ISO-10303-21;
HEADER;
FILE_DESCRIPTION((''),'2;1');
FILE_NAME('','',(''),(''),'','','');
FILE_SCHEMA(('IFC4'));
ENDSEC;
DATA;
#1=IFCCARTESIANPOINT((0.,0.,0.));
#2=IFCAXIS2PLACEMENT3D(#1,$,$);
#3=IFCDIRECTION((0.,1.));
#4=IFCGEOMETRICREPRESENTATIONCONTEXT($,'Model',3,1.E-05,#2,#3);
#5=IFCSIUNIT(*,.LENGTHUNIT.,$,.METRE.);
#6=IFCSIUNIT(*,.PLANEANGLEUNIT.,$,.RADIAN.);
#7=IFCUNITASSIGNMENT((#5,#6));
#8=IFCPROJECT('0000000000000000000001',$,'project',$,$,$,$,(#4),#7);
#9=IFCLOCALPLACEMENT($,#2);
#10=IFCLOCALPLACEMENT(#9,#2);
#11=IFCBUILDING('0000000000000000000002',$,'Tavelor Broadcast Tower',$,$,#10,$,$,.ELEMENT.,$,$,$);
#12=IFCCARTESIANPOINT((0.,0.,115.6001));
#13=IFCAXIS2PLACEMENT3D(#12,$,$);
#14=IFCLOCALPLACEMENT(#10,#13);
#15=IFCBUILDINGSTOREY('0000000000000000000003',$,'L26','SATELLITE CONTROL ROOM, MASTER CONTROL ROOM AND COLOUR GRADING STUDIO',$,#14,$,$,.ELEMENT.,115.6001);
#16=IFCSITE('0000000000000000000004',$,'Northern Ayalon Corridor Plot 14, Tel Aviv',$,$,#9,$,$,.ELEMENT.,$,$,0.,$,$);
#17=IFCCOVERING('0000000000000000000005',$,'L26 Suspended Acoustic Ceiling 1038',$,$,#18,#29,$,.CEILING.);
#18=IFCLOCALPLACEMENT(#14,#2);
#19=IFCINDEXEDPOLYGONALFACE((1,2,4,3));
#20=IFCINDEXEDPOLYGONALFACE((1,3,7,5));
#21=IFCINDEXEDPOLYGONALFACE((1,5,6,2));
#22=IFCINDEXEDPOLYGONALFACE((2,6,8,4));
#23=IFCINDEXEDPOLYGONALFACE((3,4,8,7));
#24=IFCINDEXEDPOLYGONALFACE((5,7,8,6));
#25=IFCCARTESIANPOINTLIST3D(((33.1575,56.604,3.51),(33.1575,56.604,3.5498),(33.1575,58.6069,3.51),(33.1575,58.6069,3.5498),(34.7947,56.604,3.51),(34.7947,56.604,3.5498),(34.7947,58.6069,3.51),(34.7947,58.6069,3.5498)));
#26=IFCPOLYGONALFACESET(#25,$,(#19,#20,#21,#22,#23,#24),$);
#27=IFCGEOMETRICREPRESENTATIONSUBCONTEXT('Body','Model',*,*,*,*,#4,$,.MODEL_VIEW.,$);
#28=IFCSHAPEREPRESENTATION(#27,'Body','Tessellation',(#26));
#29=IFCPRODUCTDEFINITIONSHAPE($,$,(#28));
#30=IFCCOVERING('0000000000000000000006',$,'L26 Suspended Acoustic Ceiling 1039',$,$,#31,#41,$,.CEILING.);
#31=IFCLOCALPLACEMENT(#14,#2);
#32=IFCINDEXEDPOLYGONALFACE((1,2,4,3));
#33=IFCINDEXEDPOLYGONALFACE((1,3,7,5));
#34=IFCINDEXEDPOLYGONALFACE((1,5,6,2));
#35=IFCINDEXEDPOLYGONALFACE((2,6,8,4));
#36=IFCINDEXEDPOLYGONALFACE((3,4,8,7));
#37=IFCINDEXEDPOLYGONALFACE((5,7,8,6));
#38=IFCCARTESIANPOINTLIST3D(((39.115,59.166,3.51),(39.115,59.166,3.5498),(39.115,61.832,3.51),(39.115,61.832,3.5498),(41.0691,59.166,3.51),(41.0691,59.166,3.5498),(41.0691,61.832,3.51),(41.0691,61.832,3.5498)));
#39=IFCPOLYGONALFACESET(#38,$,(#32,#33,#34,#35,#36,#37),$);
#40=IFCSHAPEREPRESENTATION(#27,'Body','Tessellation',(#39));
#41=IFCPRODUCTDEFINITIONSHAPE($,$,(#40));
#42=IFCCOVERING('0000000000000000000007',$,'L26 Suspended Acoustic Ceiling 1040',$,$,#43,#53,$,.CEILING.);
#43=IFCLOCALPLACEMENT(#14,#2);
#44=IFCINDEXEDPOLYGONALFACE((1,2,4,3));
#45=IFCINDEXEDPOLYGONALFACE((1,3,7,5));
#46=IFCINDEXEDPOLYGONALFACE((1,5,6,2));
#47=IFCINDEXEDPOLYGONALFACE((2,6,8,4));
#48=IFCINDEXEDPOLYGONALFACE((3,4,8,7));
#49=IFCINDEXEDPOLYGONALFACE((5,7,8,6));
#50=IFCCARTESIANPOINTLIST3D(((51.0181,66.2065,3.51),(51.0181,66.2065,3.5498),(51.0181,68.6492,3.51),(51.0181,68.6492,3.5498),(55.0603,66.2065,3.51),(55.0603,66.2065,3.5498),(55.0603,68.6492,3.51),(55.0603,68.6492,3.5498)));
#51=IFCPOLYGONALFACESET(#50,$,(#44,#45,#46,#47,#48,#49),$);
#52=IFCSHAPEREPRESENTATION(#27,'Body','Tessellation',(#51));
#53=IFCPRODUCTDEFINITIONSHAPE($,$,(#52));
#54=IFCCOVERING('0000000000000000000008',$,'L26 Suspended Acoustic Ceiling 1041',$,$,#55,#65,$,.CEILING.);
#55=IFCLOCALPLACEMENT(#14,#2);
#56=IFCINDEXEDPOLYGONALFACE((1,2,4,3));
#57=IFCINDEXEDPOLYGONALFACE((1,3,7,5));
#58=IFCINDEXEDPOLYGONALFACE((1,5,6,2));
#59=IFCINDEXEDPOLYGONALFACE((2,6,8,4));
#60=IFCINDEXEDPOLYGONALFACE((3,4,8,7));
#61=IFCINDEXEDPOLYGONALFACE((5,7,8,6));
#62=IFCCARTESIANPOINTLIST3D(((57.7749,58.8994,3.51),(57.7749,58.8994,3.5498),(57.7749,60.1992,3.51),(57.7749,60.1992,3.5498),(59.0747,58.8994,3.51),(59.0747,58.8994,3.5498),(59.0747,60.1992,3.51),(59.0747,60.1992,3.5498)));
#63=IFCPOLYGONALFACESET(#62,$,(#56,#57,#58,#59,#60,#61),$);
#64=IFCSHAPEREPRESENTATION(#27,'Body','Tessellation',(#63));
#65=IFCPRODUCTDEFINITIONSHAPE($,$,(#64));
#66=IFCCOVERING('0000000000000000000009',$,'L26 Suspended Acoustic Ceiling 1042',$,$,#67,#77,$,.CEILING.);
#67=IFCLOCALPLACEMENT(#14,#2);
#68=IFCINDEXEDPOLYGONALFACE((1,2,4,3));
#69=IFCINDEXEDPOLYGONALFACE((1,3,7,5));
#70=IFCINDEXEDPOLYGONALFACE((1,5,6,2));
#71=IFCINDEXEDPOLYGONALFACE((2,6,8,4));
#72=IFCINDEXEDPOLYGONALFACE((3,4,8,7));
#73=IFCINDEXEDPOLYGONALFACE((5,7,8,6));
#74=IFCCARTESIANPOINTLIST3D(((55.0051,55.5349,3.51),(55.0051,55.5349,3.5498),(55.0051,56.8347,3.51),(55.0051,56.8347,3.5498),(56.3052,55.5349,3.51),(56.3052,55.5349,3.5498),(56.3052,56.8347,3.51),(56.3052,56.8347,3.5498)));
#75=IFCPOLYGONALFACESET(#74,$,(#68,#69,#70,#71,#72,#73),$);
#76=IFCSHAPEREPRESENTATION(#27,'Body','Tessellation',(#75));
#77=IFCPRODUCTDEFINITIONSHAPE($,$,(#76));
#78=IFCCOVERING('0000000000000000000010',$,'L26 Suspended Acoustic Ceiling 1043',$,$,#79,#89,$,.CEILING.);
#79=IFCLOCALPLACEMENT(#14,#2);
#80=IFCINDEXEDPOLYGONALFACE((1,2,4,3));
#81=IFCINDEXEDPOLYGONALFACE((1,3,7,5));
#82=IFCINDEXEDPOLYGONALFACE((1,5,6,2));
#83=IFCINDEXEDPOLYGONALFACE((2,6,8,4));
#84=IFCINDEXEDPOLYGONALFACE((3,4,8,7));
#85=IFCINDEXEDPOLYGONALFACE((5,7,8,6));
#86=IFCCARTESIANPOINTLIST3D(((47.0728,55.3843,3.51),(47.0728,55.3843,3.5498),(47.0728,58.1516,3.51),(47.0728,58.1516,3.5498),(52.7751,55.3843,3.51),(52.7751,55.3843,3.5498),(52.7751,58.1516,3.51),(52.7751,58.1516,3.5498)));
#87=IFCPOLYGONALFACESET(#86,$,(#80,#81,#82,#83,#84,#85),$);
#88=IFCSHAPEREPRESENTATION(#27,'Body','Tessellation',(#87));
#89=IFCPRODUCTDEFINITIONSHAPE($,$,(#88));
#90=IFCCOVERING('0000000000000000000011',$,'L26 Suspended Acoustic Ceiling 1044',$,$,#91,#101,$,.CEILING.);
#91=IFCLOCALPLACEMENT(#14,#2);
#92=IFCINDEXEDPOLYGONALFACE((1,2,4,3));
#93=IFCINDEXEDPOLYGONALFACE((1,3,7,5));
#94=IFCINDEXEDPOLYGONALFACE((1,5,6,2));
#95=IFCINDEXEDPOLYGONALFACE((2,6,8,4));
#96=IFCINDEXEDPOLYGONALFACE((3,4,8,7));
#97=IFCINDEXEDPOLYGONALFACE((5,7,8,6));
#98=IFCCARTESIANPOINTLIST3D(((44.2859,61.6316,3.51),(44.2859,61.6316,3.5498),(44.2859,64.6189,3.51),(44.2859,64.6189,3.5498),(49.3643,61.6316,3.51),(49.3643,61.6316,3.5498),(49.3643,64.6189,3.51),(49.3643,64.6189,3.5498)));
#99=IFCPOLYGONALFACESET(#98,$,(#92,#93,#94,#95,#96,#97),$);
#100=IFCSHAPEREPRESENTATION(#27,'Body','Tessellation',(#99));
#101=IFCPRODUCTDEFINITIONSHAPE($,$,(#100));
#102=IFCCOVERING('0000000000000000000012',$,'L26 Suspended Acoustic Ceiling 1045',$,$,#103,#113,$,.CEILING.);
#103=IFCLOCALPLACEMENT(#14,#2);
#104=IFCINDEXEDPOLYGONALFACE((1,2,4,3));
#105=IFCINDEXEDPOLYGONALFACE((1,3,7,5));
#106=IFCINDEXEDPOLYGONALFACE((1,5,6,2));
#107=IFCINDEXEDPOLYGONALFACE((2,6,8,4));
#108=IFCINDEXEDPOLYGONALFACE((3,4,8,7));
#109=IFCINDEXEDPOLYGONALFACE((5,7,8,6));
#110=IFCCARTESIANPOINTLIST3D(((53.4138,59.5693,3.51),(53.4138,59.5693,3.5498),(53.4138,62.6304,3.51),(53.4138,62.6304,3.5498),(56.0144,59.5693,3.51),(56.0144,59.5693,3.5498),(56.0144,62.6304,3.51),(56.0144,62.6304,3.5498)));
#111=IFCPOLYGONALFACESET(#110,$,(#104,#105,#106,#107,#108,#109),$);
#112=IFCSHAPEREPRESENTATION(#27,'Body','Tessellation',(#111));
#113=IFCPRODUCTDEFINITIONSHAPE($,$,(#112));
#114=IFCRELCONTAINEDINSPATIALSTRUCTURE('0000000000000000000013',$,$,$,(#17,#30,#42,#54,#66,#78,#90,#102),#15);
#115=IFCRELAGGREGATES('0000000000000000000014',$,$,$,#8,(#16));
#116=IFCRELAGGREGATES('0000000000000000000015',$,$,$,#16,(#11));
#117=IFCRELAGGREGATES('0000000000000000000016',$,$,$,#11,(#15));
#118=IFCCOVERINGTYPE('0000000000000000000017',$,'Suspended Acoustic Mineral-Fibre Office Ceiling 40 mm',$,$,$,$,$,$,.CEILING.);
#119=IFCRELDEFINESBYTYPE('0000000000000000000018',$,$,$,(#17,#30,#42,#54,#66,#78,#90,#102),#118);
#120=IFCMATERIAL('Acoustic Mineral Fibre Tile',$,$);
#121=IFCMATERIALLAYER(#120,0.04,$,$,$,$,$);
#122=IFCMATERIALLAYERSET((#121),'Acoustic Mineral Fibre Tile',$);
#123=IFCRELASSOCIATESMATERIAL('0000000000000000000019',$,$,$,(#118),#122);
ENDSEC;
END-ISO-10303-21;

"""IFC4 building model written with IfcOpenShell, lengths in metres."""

from ifc_helpers import new_model, si_unit, direction, frame, origin, place, context, subcontext, project, spatial, polyline, outline, extrude, material, layer, layer_set, type_object, element, save


model = new_model("IFC4")

# Units and contexts
model_context = context("Model", 3, precision=1e-05, world=origin(), true_north=direction((0.0, 1.0)))
body_context = subcontext(model_context, "Body", "Model", "MODEL_VIEW")
ifc_project = project(units=[si_unit("LENGTHUNIT", "METRE"), si_unit("PLANEANGLEUNIT", "RADIAN")], contexts=[model_context])

# Site, building, storey
site_placement = place(None, origin())
site = spatial("IfcSite", under=ifc_project, at=site_placement, Name="Northern Ayalon Corridor Plot 14, Tel Aviv", CompositionType="ELEMENT", RefElevation=0.0)
building_placement = place(site_placement, origin())
building = spatial("IfcBuilding", under=site, at=building_placement, Name="Tavelor Broadcast Tower", CompositionType="ELEMENT")
storey_placement = place(building_placement, frame((0.0, 0.0, 115.6001)))
storey = spatial("IfcBuildingStorey", under=building, at=storey_placement, Name="L26", Description="SATELLITE CONTROL ROOM, MASTER CONTROL ROOM AND COLOUR GRADING STUDIO", CompositionType="ELEMENT", Elevation=115.6001)

# Coverings
ifc_material_1 = material(Name="Acoustic Mineral Fibre Tile")
ifc_layer_1 = layer(ifc_material_1, 0.04)
ifc_layer_set_1 = layer_set([ifc_layer_1], Name="Acoustic Mineral Fibre Tile")
covering_type_1 = type_object("IfcCoveringType", Name="Suspended Acoustic Mineral-Fibre Office Ceiling 40 mm", PredefinedType="CEILING", material=ifc_layer_set_1)
covering_1_placement = place(storey_placement, frame((0.0, 0.0, 3.51)))
element("IfcCovering", 1, at=covering_1_placement, inside=storey, type_object=covering_type_1, Name="L26 Suspended Acoustic Ceiling 1038", PredefinedType="CEILING", context=body_context, shape_type="SweptSolid", body=[
    extrude(outline(polyline([(33.1575, 56.604), (34.7947, 56.604), (34.7947, 58.6069), (33.1575, 58.6069), (33.1575, 56.604)])), origin(), (0.0, 0.0, 1.0), 0.0398),
])
covering_2_placement = place(storey_placement, frame((0.0, 0.0, 3.51)))
element("IfcCovering", 2, at=covering_2_placement, inside=storey, type_object=covering_type_1, Name="L26 Suspended Acoustic Ceiling 1039", PredefinedType="CEILING", context=body_context, shape_type="SweptSolid", body=[
    extrude(outline(polyline([(39.115, 59.166), (41.0691, 59.166), (41.0691, 61.832), (39.115, 61.832), (39.115, 59.166)])), origin(), (0.0, 0.0, 1.0), 0.0398),
])
covering_3_placement = place(storey_placement, frame((0.0, 0.0, 3.51)))
element("IfcCovering", 3, at=covering_3_placement, inside=storey, type_object=covering_type_1, Name="L26 Suspended Acoustic Ceiling 1040", PredefinedType="CEILING", context=body_context, shape_type="SweptSolid", body=[
    extrude(outline(polyline([(51.0181, 66.2065), (55.0603, 66.2065), (55.0603, 68.6492), (51.0181, 68.6492), (51.0181, 66.2065)])), origin(), (0.0, 0.0, 1.0), 0.0398),
])
covering_4_placement = place(storey_placement, frame((0.0, 0.0, 3.51)))
element("IfcCovering", 4, at=covering_4_placement, inside=storey, type_object=covering_type_1, Name="L26 Suspended Acoustic Ceiling 1041", PredefinedType="CEILING", context=body_context, shape_type="SweptSolid", body=[
    extrude(outline(polyline([(57.7749, 58.8994), (59.0747, 58.8994), (59.0747, 60.1992), (57.7749, 60.1992), (57.7749, 58.8994)])), origin(), (0.0, 0.0, 1.0), 0.0398),
])
covering_5_placement = place(storey_placement, frame((0.0, 0.0, 3.51)))
element("IfcCovering", 5, at=covering_5_placement, inside=storey, type_object=covering_type_1, Name="L26 Suspended Acoustic Ceiling 1042", PredefinedType="CEILING", context=body_context, shape_type="SweptSolid", body=[
    extrude(outline(polyline([(55.0051, 55.5349), (56.3052, 55.5349), (56.3052, 56.8347), (55.0051, 56.8347), (55.0051, 55.5349)])), origin(), (0.0, 0.0, 1.0), 0.0398),
])
covering_6_placement = place(storey_placement, frame((0.0, 0.0, 3.51)))
element("IfcCovering", 6, at=covering_6_placement, inside=storey, type_object=covering_type_1, Name="L26 Suspended Acoustic Ceiling 1043", PredefinedType="CEILING", context=body_context, shape_type="SweptSolid", body=[
    extrude(outline(polyline([(47.0728, 55.3843), (52.7751, 55.3843), (52.7751, 58.1516), (47.0728, 58.1516), (47.0728, 55.3843)])), origin(), (0.0, 0.0, 1.0), 0.0398),
])
covering_7_placement = place(storey_placement, frame((0.0, 0.0, 3.51)))
element("IfcCovering", 7, at=covering_7_placement, inside=storey, type_object=covering_type_1, Name="L26 Suspended Acoustic Ceiling 1044", PredefinedType="CEILING", context=body_context, shape_type="SweptSolid", body=[
    extrude(outline(polyline([(44.2859, 61.6316), (49.3643, 61.6316), (49.3643, 64.6189), (44.2859, 64.6189), (44.2859, 61.6316)])), origin(), (0.0, 0.0, 1.0), 0.0398),
])
covering_8_placement = place(storey_placement, frame((0.0, 0.0, 3.51)))
element("IfcCovering", 8, at=covering_8_placement, inside=storey, type_object=covering_type_1, Name="L26 Suspended Acoustic Ceiling 1045", PredefinedType="CEILING", context=body_context, shape_type="SweptSolid", body=[
    extrude(outline(polyline([(53.4138, 59.5693), (56.0144, 59.5693), (56.0144, 62.6304), (53.4138, 62.6304), (53.4138, 59.5693)])), origin(), (0.0, 0.0, 1.0), 0.0398),
])

save(model, "model.ifc")
